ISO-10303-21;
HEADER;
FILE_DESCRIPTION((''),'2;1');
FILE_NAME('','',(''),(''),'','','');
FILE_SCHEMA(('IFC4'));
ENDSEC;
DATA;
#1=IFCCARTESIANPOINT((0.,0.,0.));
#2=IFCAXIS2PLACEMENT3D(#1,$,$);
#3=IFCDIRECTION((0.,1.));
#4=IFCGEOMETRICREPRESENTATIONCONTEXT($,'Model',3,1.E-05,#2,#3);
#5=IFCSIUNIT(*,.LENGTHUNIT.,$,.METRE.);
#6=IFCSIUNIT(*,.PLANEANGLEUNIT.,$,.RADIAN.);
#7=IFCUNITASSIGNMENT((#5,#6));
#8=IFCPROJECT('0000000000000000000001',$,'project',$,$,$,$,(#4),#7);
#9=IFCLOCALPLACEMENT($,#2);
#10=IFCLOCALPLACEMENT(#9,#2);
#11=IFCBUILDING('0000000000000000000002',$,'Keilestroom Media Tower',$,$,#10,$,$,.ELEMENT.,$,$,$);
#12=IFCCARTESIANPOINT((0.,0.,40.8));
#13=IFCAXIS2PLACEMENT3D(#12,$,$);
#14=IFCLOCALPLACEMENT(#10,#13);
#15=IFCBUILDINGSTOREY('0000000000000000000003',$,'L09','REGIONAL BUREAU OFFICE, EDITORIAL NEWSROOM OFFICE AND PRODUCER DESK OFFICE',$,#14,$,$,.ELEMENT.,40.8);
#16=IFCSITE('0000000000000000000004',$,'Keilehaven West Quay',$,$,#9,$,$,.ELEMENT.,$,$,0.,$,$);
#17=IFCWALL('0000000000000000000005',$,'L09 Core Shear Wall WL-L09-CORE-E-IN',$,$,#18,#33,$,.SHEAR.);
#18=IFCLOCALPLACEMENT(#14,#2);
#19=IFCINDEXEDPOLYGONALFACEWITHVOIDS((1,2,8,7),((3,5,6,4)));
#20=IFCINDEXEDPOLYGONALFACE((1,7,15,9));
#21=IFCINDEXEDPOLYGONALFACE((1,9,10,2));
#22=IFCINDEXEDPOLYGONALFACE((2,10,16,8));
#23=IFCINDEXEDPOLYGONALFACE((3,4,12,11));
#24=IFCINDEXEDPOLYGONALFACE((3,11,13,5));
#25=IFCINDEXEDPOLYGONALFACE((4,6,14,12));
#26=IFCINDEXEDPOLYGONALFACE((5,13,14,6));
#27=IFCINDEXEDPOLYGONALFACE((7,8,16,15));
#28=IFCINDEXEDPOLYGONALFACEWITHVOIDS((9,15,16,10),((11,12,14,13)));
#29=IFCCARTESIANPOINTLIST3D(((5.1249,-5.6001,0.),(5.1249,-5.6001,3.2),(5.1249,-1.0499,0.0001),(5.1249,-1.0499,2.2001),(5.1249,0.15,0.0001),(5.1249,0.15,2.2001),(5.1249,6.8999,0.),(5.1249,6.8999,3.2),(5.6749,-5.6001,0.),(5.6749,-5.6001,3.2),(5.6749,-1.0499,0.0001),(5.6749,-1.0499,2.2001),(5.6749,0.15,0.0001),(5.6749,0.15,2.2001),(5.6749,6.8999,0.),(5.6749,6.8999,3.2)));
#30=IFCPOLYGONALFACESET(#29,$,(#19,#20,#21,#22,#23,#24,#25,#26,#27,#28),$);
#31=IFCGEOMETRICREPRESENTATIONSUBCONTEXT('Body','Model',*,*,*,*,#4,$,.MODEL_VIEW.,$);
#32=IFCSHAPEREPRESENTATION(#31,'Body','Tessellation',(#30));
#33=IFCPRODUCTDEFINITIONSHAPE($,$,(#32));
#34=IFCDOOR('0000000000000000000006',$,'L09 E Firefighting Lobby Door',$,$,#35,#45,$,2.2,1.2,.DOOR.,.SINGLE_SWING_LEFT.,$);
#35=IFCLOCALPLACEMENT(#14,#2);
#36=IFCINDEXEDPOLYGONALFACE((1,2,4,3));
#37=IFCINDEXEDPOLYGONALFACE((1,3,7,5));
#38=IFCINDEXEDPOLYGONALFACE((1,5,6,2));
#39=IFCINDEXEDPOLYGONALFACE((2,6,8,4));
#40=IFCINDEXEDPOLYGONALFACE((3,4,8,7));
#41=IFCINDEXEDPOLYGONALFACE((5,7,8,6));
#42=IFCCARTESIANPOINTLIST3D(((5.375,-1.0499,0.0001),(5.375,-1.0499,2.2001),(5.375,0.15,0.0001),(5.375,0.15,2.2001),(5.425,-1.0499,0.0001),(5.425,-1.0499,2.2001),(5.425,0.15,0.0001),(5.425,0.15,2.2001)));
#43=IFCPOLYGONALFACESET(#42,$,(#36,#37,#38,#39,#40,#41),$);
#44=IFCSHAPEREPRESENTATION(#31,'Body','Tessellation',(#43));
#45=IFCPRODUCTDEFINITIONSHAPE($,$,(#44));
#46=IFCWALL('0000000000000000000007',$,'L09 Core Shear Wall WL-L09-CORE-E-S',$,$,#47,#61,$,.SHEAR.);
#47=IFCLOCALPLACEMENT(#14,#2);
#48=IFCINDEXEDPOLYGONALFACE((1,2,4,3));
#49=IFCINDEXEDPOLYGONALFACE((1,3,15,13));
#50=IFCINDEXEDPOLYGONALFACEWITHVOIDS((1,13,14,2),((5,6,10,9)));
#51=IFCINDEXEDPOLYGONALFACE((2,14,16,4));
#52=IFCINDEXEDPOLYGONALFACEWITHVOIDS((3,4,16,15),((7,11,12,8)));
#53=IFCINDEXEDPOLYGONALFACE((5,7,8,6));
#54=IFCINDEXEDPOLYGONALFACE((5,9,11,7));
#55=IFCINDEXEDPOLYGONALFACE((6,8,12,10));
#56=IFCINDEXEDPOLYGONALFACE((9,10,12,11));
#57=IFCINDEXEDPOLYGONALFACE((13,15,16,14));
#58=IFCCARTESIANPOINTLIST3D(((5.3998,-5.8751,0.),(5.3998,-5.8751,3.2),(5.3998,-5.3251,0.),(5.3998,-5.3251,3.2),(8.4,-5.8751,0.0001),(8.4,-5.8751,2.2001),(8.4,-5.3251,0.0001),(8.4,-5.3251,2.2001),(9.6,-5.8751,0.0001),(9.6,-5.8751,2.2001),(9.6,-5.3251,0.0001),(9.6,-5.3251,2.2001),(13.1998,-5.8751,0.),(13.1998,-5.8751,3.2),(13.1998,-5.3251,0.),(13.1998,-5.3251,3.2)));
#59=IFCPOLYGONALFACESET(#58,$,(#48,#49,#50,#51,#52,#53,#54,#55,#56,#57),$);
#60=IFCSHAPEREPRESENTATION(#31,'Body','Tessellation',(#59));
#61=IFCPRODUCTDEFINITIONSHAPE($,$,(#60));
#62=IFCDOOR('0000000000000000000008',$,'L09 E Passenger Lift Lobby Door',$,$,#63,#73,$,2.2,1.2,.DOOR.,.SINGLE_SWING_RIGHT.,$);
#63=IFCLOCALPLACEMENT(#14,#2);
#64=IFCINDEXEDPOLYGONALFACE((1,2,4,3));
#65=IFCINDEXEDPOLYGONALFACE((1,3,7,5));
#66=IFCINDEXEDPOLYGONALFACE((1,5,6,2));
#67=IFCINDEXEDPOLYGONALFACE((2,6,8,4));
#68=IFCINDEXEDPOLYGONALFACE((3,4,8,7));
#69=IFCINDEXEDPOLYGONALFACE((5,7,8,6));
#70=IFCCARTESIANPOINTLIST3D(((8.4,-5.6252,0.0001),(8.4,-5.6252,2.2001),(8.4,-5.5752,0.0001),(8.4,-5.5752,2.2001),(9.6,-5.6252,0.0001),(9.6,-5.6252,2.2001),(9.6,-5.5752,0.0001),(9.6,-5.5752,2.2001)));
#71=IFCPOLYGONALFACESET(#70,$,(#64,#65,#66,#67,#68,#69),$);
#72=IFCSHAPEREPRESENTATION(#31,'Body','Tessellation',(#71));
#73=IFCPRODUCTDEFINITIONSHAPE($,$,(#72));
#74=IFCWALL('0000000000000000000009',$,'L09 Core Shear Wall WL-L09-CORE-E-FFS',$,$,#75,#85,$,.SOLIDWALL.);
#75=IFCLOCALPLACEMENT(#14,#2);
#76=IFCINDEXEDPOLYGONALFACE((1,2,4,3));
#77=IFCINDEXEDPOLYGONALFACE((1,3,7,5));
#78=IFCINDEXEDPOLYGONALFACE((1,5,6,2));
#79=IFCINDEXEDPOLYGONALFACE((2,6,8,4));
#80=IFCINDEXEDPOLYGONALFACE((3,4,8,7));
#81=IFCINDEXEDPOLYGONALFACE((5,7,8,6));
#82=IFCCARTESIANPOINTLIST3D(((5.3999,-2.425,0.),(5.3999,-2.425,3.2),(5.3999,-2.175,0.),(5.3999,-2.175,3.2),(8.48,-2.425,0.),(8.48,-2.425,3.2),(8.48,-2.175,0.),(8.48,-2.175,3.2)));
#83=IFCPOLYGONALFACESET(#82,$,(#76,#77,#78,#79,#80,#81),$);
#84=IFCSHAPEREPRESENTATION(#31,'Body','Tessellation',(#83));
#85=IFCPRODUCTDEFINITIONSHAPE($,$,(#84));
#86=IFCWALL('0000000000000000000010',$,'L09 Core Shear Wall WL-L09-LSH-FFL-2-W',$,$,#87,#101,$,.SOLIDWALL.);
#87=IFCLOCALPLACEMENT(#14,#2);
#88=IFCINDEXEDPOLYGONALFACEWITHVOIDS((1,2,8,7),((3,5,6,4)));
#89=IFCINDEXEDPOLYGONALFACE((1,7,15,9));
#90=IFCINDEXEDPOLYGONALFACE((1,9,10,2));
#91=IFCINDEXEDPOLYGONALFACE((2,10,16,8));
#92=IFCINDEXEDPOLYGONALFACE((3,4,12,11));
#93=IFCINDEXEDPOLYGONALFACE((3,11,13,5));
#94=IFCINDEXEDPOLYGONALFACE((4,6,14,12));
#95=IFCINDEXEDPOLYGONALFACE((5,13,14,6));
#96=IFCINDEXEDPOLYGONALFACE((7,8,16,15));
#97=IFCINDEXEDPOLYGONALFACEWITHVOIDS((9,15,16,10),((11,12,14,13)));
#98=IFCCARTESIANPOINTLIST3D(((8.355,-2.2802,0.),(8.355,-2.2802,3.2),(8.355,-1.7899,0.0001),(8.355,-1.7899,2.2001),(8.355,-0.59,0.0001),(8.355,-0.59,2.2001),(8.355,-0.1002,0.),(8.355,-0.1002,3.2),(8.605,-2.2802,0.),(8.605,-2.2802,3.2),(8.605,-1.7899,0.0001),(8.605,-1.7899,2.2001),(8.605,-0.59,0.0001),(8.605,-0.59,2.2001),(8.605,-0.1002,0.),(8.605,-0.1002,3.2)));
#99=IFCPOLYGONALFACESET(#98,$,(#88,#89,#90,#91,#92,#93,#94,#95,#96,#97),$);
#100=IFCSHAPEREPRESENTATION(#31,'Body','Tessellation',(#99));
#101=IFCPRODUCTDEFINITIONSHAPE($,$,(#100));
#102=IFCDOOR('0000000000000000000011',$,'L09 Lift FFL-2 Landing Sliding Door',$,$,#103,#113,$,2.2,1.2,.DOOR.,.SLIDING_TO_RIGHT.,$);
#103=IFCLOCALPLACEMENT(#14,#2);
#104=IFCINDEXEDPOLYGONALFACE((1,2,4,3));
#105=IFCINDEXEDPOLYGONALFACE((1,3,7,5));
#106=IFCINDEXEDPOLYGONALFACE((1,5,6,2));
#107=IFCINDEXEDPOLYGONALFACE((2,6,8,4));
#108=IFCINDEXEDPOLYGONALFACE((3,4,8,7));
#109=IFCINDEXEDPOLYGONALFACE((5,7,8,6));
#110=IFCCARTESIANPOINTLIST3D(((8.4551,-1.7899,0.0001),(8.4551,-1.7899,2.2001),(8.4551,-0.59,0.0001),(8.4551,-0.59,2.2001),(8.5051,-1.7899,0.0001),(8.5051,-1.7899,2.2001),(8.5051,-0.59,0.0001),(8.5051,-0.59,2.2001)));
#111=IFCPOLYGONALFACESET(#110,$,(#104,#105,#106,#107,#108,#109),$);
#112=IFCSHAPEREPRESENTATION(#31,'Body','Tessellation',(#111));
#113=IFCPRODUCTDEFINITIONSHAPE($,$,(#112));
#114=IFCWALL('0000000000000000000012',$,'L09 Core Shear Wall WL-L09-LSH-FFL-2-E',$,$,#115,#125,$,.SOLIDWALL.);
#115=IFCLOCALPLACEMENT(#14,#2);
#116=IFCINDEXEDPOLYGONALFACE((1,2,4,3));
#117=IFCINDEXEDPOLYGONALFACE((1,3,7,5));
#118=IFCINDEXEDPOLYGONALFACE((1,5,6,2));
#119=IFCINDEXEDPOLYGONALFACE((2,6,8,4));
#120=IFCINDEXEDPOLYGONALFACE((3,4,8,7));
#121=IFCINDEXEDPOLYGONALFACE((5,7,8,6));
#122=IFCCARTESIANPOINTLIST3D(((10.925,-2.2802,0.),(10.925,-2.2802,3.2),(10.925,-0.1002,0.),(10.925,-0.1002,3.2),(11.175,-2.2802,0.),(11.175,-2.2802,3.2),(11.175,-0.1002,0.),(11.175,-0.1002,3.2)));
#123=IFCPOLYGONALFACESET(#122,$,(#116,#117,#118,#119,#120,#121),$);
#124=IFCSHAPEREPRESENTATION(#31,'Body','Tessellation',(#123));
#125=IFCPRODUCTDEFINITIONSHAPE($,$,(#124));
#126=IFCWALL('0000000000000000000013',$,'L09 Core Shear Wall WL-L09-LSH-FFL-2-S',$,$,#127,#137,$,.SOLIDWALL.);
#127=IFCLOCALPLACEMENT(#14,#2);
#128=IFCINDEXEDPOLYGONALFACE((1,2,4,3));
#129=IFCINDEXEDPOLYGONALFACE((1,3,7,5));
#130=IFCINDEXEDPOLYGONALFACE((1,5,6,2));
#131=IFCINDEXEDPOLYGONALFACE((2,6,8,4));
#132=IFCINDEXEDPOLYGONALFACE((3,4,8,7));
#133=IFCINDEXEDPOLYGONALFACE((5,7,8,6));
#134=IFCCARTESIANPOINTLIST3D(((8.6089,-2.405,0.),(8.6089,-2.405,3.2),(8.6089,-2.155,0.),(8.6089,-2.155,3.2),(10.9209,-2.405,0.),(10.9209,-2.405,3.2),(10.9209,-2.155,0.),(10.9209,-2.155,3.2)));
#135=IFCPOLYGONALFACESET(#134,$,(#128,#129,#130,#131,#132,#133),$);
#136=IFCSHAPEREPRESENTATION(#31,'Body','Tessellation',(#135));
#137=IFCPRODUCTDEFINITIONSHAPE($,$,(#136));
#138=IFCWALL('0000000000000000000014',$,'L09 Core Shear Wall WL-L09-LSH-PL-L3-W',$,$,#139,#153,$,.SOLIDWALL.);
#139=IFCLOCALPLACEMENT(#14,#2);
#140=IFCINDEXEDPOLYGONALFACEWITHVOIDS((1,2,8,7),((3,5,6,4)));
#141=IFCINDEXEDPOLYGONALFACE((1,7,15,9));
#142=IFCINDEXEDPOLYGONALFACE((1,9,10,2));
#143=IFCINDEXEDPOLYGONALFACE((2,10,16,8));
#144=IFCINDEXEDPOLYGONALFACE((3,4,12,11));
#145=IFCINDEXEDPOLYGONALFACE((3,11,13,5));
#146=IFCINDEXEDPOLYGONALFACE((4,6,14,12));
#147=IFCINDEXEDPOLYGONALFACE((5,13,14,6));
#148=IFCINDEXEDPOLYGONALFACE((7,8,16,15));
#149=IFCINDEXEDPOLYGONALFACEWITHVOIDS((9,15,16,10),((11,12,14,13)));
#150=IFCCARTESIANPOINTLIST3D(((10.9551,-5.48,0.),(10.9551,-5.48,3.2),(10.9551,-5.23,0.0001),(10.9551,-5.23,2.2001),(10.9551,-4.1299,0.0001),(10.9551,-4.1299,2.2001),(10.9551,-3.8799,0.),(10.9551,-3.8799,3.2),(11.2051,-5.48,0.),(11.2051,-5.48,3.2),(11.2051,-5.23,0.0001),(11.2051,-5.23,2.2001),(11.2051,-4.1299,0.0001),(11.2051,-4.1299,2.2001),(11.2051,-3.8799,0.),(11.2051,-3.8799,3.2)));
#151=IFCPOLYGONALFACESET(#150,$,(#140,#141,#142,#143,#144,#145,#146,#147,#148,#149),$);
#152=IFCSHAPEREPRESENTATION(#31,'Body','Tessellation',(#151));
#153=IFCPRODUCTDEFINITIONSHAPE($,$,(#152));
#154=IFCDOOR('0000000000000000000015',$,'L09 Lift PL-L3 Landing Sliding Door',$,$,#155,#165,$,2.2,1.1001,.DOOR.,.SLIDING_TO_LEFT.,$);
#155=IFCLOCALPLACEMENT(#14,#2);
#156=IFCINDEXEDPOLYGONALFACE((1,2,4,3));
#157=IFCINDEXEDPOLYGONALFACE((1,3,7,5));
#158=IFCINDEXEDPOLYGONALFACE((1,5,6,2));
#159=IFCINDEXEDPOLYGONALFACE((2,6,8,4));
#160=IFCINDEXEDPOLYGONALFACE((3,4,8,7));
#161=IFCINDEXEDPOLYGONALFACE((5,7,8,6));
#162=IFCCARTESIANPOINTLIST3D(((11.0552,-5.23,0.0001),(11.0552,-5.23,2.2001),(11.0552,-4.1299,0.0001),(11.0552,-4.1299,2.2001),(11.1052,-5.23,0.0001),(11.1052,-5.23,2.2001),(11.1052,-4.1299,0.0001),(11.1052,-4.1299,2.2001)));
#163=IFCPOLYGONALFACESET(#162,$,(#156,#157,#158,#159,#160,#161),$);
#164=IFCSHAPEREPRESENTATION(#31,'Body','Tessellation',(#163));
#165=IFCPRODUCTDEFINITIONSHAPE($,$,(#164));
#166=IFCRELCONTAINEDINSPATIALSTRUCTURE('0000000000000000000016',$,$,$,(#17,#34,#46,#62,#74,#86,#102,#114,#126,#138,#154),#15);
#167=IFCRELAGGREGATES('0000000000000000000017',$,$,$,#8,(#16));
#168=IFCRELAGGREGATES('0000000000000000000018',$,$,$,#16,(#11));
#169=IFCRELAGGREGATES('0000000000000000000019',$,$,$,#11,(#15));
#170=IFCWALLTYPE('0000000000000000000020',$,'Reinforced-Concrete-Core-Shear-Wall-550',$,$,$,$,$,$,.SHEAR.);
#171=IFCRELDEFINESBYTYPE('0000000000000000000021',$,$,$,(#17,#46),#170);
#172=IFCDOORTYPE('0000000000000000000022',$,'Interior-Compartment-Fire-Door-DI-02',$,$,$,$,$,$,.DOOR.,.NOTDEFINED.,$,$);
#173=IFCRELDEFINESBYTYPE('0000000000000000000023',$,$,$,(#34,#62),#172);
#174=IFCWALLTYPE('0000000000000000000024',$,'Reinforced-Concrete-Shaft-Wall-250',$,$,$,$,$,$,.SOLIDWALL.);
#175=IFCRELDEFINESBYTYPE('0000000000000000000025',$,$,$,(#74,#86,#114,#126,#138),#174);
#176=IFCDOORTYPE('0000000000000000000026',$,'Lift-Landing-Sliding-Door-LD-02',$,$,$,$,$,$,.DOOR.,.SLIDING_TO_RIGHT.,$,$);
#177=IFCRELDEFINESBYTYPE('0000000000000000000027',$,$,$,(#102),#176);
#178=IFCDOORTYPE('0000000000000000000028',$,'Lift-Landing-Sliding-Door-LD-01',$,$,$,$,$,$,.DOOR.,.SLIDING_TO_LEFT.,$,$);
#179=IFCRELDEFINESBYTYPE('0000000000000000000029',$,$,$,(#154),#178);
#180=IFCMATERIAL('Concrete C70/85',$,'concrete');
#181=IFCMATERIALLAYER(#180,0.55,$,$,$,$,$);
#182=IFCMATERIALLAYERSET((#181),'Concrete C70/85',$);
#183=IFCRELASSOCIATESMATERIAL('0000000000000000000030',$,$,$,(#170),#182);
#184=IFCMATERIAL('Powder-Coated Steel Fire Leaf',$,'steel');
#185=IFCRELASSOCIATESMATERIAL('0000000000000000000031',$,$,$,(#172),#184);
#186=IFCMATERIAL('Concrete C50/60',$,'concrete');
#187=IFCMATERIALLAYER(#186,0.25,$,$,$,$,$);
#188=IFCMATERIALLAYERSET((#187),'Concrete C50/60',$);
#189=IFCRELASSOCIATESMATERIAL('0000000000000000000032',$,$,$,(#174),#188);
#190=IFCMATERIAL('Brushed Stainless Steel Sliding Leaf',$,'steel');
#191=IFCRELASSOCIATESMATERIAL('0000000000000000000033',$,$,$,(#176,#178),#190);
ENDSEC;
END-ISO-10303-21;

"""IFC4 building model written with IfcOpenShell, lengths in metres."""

from ifc_helpers import new_model, si_unit, direction, frame, frame_2d, origin, place, context, subcontext, project, spatial, rectangle, extrude, source, transform, mapped, material, layer, layer_set, type_object, element, fill, save


model = new_model("IFC4")

# Units and contexts
model_context = context("Model", 3, precision=1e-05, world=origin(), true_north=direction((0.0, 1.0)))
body_context = subcontext(model_context, "Body", "Model", "MODEL_VIEW")
ifc_project = project(units=[si_unit("LENGTHUNIT", "METRE"), si_unit("PLANEANGLEUNIT", "RADIAN")], contexts=[model_context])

# Site, building, storey
site_placement = place(None, origin())
site = spatial("IfcSite", under=ifc_project, at=site_placement, Name="Keilehaven West Quay", CompositionType="ELEMENT", RefElevation=0.0)
building_placement = place(site_placement, origin())
building = spatial("IfcBuilding", under=site, at=building_placement, Name="Keilestroom Media Tower", CompositionType="ELEMENT")
storey_placement = place(building_placement, frame((0.0, 0.0, 40.8)))
storey = spatial("IfcBuildingStorey", under=building, at=storey_placement, Name="L09", Description="REGIONAL BUREAU OFFICE, EDITORIAL NEWSROOM OFFICE AND PRODUCER DESK OFFICE", CompositionType="ELEMENT", Elevation=40.8)

# Shared definitions
ifc_material_1 = material(Name="Concrete C70/85", Category="concrete")

# Walls, openings, doors
ifc_layer_1 = layer(ifc_material_1, 0.55)
ifc_layer_set_1 = layer_set([ifc_layer_1], Name="Concrete C70/85")
wall_type_1 = type_object("IfcWallType", Name="Reinforced-Concrete-Core-Shear-Wall-550", PredefinedType="SHEAR", material=ifc_layer_set_1)
wall_1_placement = place(storey_placement, frame((5.3999, -5.6001, 0.0), z_axis=(0.0, 0.0, 1.0), x_axis=(0.0, 1.0, 0.0)))
wall_1 = element("IfcWall", 1, at=wall_1_placement, inside=storey, type_object=wall_type_1, Name="L09 Core Shear Wall WL-L09-CORE-E-IN", PredefinedType="SHEAR", context=body_context, shape_type="SweptSolid", body=[
    extrude(rectangle(XDim=12.5, YDim=0.55, at=frame_2d((6.25, 0.0))), origin(), (0.0, 0.0, 1.0), 3.2),
])
opening_1_placement = place(wall_1_placement, frame((4.55, 0.0, 0.0)))
opening_1 = element("IfcOpeningElement", 2, at=opening_1_placement, cuts=wall_1, PredefinedType="OPENING", context=body_context, shape_type="SweptSolid", body=[
    extrude(rectangle(XDim=1.2, YDim=2.2, at=frame_2d((0.6001, 1.1001))), frame((0.0, 0.2852, 0.0), z_axis=(0.0, -1.0, 0.0), x_axis=(1.0, 0.0, 0.0)), (0.0, 0.0, 1.0), 0.5701),
])
ifc_material_2 = material(Name="Powder-Coated Steel Fire Leaf", Category="steel")
door_type_1 = type_object("IfcDoorType", Name="Interior-Compartment-Fire-Door-DI-02", OperationType="NOTDEFINED", PredefinedType="DOOR", material=ifc_material_2)
shared_shape_1 = source(origin(), body_context, "Body", "SweptSolid", [
    extrude(rectangle(XDim=1.2, YDim=2.2, at=frame_2d((0.6001, 1.1001))), frame((0.0, 0.0249, 0.0), z_axis=(0.0, -1.0, 0.0), x_axis=(1.0, 0.0, 0.0)), (0.0, 0.0, 1.0), 0.05),
])
door_1_placement = place(opening_1_placement, origin())
door_1 = element("IfcDoor", 3, at=door_1_placement, inside=storey, type_object=door_type_1, Name="L09 E Firefighting Lobby Door", OperationType="SINGLE_SWING_LEFT", OverallHeight=2.2, OverallWidth=1.2, PredefinedType="DOOR", context=body_context, shape_type="MappedRepresentation", body=[
    mapped(shared_shape_1, transform((0.0, 0.0, 0.0), x_axis=(1.0, 0.0, 0.0), y_axis=(0.0, 1.0, 0.0), z_axis=(0.0, 0.0, 1.0), scale=1.0)),
])
fill(opening_1, door_1)
wall_2_placement = place(storey_placement, frame((5.3999, -5.6001, 0.0), z_axis=(0.0, 0.0, 1.0), x_axis=(1.0, 0.0, 0.0)))
wall_2 = element("IfcWall", 4, at=wall_2_placement, inside=storey, type_object=wall_type_1, Name="L09 Core Shear Wall WL-L09-CORE-E-S", PredefinedType="SHEAR", context=body_context, shape_type="SweptSolid", body=[
    extrude(rectangle(XDim=7.8, YDim=0.55, at=frame_2d((3.8999, 0.0))), origin(), (0.0, 0.0, 1.0), 3.2),
])
opening_2_placement = place(wall_2_placement, frame((3.0, 0.0, 0.0)))
opening_2 = element("IfcOpeningElement", 5, at=opening_2_placement, cuts=wall_2, PredefinedType="OPENING", context=body_context, shape_type="SweptSolid", body=[
    extrude(rectangle(XDim=1.2, YDim=2.2, at=frame_2d((0.6001, 1.1001))), frame((0.0, 0.2852, 0.0), z_axis=(0.0, -1.0, 0.0), x_axis=(1.0, 0.0, 0.0)), (0.0, 0.0, 1.0), 0.5701),
])
door_2_placement = place(opening_2_placement, origin())
door_2 = element("IfcDoor", 6, at=door_2_placement, inside=storey, type_object=door_type_1, Name="L09 E Passenger Lift Lobby Door", OperationType="SINGLE_SWING_RIGHT", OverallHeight=2.2, OverallWidth=1.2, PredefinedType="DOOR", context=body_context, shape_type="MappedRepresentation", body=[
    mapped(shared_shape_1, transform((0.0, 0.0, 0.0), x_axis=(1.0, 0.0, 0.0), y_axis=(0.0, 1.0, 0.0), z_axis=(0.0, 0.0, 1.0), scale=1.0)),
])
fill(opening_2, door_2)

# Wall
ifc_material_3 = material(Name="Concrete C50/60", Category="concrete")
ifc_layer_2 = layer(ifc_material_3, 0.25)
ifc_layer_set_2 = layer_set([ifc_layer_2], Name="Concrete C50/60")
wall_type_2 = type_object("IfcWallType", Name="Reinforced-Concrete-Shaft-Wall-250", PredefinedType="SOLIDWALL", material=ifc_layer_set_2)
wall_3_placement = place(storey_placement, frame((5.3999, -2.3, 0.0), z_axis=(0.0, 0.0, 1.0), x_axis=(1.0, 0.0, 0.0)))
element("IfcWall", 7, at=wall_3_placement, inside=storey, type_object=wall_type_2, Name="L09 Core Shear Wall WL-L09-CORE-E-FFS", PredefinedType="SOLIDWALL", context=body_context, shape_type="SweptSolid", body=[
    extrude(rectangle(XDim=3.0801, YDim=0.25, at=frame_2d((1.54, 0.0))), origin(), (0.0, 0.0, 1.0), 3.2),
])

# Wall, opening, door
wall_4_placement = place(storey_placement, frame((8.48, -2.28, 0.0), z_axis=(0.0, 0.0, 1.0), x_axis=(0.0, 1.0, 0.0)))
wall_4 = element("IfcWall", 8, at=wall_4_placement, inside=storey, type_object=wall_type_2, Name="L09 Core Shear Wall WL-L09-LSH-FFL-2-W", PredefinedType="SOLIDWALL", context=body_context, shape_type="SweptSolid", body=[
    extrude(rectangle(XDim=2.1799, YDim=0.25, at=frame_2d((1.0898, 0.0))), origin(), (0.0, 0.0, 1.0), 3.2),
])
opening_3_placement = place(wall_4_placement, frame((0.49, 0.0, 0.0)))
opening_3 = element("IfcOpeningElement", 9, at=opening_3_placement, cuts=wall_4, PredefinedType="OPENING", context=body_context, shape_type="SweptSolid", body=[
    extrude(rectangle(XDim=1.2, YDim=2.2, at=frame_2d((0.6001, 1.1001))), frame((0.0, 0.135, 0.0), z_axis=(0.0, -1.0, 0.0), x_axis=(1.0, 0.0, 0.0)), (0.0, 0.0, 1.0), 0.27),
])
ifc_material_4 = material(Name="Brushed Stainless Steel Sliding Leaf", Category="steel")
door_type_2 = type_object("IfcDoorType", Name="Lift-Landing-Sliding-Door-LD-02", OperationType="SLIDING_TO_RIGHT", PredefinedType="DOOR", material=ifc_material_4)
door_3_placement = place(opening_3_placement, origin())
door_3 = element("IfcDoor", 10, at=door_3_placement, inside=storey, type_object=door_type_2, Name="L09 Lift FFL-2 Landing Sliding Door", OperationType="SLIDING_TO_RIGHT", OverallHeight=2.2, OverallWidth=1.2, PredefinedType="DOOR", context=body_context, shape_type="MappedRepresentation", body=[
    mapped(shared_shape_1, transform((0.0, 0.0, 0.0), x_axis=(1.0, 0.0, 0.0), y_axis=(0.0, 1.0, 0.0), z_axis=(0.0, 0.0, 1.0), scale=1.0)),
])
fill(opening_3, door_3)

# Walls
wall_5_placement = place(storey_placement, frame((11.05, -2.28, 0.0), z_axis=(0.0, 0.0, 1.0), x_axis=(0.0, 1.0, 0.0)))
element("IfcWall", 11, at=wall_5_placement, inside=storey, type_object=wall_type_2, Name="L09 Core Shear Wall WL-L09-LSH-FFL-2-E", PredefinedType="SOLIDWALL", context=body_context, shape_type="SweptSolid", body=[
    extrude(rectangle(XDim=2.1799, YDim=0.25, at=frame_2d((1.0898, 0.0))), origin(), (0.0, 0.0, 1.0), 3.2),
])
wall_6_placement = place(storey_placement, frame((8.6089, -2.28, 0.0), z_axis=(0.0, 0.0, 1.0), x_axis=(1.0, 0.0, 0.0)))
element("IfcWall", 12, at=wall_6_placement, inside=storey, type_object=wall_type_2, Name="L09 Core Shear Wall WL-L09-LSH-FFL-2-S", PredefinedType="SOLIDWALL", context=body_context, shape_type="SweptSolid", body=[
    extrude(rectangle(XDim=2.312, YDim=0.25, at=frame_2d((1.156, 0.0))), origin(), (0.0, 0.0, 1.0), 3.2),
])

# Wall, opening, door
wall_7_placement = place(storey_placement, frame((11.0801, -5.48, 0.0), z_axis=(0.0, 0.0, 1.0), x_axis=(0.0, 1.0, 0.0)))
wall_7 = element("IfcWall", 13, at=wall_7_placement, inside=storey, type_object=wall_type_2, Name="L09 Core Shear Wall WL-L09-LSH-PL-L3-W", PredefinedType="SOLIDWALL", context=body_context, shape_type="SweptSolid", body=[
    extrude(rectangle(XDim=1.6001, YDim=0.25, at=frame_2d((0.8, 0.0))), origin(), (0.0, 0.0, 1.0), 3.2),
])
opening_4_placement = place(wall_7_placement, frame((0.25, 0.0, 0.0)))
opening_4 = element("IfcOpeningElement", 14, at=opening_4_placement, cuts=wall_7, PredefinedType="OPENING", context=body_context, shape_type="SweptSolid", body=[
    extrude(rectangle(XDim=1.1001, YDim=2.2, at=frame_2d((0.55, 1.1001))), frame((0.0, 0.135, 0.0), z_axis=(0.0, -1.0, 0.0), x_axis=(1.0, 0.0, 0.0)), (0.0, 0.0, 1.0), 0.27),
])
door_type_3 = type_object("IfcDoorType", Name="Lift-Landing-Sliding-Door-LD-01", OperationType="SLIDING_TO_LEFT", PredefinedType="DOOR", material=ifc_material_4)
shared_shape_2 = source(origin(), body_context, "Body", "SweptSolid", [
    extrude(rectangle(XDim=1.1001, YDim=2.2, at=frame_2d((0.55, 1.1001))), frame((0.0, 0.0249, 0.0), z_axis=(0.0, -1.0, 0.0), x_axis=(1.0, 0.0, 0.0)), (0.0, 0.0, 1.0), 0.05),
])
door_4_placement = place(opening_4_placement, origin())
door_4 = element("IfcDoor", 15, at=door_4_placement, inside=storey, type_object=door_type_3, Name="L09 Lift PL-L3 Landing Sliding Door", OperationType="SLIDING_TO_LEFT", OverallHeight=2.2, OverallWidth=1.1001, PredefinedType="DOOR", context=body_context, shape_type="MappedRepresentation", body=[
    mapped(shared_shape_2, transform((0.0, 0.0, 0.0), x_axis=(1.0, 0.0, 0.0), y_axis=(0.0, 1.0, 0.0), z_axis=(0.0, 0.0, 1.0), scale=1.0)),
])
fill(opening_4, door_4)

save(model, "model.ifc")
